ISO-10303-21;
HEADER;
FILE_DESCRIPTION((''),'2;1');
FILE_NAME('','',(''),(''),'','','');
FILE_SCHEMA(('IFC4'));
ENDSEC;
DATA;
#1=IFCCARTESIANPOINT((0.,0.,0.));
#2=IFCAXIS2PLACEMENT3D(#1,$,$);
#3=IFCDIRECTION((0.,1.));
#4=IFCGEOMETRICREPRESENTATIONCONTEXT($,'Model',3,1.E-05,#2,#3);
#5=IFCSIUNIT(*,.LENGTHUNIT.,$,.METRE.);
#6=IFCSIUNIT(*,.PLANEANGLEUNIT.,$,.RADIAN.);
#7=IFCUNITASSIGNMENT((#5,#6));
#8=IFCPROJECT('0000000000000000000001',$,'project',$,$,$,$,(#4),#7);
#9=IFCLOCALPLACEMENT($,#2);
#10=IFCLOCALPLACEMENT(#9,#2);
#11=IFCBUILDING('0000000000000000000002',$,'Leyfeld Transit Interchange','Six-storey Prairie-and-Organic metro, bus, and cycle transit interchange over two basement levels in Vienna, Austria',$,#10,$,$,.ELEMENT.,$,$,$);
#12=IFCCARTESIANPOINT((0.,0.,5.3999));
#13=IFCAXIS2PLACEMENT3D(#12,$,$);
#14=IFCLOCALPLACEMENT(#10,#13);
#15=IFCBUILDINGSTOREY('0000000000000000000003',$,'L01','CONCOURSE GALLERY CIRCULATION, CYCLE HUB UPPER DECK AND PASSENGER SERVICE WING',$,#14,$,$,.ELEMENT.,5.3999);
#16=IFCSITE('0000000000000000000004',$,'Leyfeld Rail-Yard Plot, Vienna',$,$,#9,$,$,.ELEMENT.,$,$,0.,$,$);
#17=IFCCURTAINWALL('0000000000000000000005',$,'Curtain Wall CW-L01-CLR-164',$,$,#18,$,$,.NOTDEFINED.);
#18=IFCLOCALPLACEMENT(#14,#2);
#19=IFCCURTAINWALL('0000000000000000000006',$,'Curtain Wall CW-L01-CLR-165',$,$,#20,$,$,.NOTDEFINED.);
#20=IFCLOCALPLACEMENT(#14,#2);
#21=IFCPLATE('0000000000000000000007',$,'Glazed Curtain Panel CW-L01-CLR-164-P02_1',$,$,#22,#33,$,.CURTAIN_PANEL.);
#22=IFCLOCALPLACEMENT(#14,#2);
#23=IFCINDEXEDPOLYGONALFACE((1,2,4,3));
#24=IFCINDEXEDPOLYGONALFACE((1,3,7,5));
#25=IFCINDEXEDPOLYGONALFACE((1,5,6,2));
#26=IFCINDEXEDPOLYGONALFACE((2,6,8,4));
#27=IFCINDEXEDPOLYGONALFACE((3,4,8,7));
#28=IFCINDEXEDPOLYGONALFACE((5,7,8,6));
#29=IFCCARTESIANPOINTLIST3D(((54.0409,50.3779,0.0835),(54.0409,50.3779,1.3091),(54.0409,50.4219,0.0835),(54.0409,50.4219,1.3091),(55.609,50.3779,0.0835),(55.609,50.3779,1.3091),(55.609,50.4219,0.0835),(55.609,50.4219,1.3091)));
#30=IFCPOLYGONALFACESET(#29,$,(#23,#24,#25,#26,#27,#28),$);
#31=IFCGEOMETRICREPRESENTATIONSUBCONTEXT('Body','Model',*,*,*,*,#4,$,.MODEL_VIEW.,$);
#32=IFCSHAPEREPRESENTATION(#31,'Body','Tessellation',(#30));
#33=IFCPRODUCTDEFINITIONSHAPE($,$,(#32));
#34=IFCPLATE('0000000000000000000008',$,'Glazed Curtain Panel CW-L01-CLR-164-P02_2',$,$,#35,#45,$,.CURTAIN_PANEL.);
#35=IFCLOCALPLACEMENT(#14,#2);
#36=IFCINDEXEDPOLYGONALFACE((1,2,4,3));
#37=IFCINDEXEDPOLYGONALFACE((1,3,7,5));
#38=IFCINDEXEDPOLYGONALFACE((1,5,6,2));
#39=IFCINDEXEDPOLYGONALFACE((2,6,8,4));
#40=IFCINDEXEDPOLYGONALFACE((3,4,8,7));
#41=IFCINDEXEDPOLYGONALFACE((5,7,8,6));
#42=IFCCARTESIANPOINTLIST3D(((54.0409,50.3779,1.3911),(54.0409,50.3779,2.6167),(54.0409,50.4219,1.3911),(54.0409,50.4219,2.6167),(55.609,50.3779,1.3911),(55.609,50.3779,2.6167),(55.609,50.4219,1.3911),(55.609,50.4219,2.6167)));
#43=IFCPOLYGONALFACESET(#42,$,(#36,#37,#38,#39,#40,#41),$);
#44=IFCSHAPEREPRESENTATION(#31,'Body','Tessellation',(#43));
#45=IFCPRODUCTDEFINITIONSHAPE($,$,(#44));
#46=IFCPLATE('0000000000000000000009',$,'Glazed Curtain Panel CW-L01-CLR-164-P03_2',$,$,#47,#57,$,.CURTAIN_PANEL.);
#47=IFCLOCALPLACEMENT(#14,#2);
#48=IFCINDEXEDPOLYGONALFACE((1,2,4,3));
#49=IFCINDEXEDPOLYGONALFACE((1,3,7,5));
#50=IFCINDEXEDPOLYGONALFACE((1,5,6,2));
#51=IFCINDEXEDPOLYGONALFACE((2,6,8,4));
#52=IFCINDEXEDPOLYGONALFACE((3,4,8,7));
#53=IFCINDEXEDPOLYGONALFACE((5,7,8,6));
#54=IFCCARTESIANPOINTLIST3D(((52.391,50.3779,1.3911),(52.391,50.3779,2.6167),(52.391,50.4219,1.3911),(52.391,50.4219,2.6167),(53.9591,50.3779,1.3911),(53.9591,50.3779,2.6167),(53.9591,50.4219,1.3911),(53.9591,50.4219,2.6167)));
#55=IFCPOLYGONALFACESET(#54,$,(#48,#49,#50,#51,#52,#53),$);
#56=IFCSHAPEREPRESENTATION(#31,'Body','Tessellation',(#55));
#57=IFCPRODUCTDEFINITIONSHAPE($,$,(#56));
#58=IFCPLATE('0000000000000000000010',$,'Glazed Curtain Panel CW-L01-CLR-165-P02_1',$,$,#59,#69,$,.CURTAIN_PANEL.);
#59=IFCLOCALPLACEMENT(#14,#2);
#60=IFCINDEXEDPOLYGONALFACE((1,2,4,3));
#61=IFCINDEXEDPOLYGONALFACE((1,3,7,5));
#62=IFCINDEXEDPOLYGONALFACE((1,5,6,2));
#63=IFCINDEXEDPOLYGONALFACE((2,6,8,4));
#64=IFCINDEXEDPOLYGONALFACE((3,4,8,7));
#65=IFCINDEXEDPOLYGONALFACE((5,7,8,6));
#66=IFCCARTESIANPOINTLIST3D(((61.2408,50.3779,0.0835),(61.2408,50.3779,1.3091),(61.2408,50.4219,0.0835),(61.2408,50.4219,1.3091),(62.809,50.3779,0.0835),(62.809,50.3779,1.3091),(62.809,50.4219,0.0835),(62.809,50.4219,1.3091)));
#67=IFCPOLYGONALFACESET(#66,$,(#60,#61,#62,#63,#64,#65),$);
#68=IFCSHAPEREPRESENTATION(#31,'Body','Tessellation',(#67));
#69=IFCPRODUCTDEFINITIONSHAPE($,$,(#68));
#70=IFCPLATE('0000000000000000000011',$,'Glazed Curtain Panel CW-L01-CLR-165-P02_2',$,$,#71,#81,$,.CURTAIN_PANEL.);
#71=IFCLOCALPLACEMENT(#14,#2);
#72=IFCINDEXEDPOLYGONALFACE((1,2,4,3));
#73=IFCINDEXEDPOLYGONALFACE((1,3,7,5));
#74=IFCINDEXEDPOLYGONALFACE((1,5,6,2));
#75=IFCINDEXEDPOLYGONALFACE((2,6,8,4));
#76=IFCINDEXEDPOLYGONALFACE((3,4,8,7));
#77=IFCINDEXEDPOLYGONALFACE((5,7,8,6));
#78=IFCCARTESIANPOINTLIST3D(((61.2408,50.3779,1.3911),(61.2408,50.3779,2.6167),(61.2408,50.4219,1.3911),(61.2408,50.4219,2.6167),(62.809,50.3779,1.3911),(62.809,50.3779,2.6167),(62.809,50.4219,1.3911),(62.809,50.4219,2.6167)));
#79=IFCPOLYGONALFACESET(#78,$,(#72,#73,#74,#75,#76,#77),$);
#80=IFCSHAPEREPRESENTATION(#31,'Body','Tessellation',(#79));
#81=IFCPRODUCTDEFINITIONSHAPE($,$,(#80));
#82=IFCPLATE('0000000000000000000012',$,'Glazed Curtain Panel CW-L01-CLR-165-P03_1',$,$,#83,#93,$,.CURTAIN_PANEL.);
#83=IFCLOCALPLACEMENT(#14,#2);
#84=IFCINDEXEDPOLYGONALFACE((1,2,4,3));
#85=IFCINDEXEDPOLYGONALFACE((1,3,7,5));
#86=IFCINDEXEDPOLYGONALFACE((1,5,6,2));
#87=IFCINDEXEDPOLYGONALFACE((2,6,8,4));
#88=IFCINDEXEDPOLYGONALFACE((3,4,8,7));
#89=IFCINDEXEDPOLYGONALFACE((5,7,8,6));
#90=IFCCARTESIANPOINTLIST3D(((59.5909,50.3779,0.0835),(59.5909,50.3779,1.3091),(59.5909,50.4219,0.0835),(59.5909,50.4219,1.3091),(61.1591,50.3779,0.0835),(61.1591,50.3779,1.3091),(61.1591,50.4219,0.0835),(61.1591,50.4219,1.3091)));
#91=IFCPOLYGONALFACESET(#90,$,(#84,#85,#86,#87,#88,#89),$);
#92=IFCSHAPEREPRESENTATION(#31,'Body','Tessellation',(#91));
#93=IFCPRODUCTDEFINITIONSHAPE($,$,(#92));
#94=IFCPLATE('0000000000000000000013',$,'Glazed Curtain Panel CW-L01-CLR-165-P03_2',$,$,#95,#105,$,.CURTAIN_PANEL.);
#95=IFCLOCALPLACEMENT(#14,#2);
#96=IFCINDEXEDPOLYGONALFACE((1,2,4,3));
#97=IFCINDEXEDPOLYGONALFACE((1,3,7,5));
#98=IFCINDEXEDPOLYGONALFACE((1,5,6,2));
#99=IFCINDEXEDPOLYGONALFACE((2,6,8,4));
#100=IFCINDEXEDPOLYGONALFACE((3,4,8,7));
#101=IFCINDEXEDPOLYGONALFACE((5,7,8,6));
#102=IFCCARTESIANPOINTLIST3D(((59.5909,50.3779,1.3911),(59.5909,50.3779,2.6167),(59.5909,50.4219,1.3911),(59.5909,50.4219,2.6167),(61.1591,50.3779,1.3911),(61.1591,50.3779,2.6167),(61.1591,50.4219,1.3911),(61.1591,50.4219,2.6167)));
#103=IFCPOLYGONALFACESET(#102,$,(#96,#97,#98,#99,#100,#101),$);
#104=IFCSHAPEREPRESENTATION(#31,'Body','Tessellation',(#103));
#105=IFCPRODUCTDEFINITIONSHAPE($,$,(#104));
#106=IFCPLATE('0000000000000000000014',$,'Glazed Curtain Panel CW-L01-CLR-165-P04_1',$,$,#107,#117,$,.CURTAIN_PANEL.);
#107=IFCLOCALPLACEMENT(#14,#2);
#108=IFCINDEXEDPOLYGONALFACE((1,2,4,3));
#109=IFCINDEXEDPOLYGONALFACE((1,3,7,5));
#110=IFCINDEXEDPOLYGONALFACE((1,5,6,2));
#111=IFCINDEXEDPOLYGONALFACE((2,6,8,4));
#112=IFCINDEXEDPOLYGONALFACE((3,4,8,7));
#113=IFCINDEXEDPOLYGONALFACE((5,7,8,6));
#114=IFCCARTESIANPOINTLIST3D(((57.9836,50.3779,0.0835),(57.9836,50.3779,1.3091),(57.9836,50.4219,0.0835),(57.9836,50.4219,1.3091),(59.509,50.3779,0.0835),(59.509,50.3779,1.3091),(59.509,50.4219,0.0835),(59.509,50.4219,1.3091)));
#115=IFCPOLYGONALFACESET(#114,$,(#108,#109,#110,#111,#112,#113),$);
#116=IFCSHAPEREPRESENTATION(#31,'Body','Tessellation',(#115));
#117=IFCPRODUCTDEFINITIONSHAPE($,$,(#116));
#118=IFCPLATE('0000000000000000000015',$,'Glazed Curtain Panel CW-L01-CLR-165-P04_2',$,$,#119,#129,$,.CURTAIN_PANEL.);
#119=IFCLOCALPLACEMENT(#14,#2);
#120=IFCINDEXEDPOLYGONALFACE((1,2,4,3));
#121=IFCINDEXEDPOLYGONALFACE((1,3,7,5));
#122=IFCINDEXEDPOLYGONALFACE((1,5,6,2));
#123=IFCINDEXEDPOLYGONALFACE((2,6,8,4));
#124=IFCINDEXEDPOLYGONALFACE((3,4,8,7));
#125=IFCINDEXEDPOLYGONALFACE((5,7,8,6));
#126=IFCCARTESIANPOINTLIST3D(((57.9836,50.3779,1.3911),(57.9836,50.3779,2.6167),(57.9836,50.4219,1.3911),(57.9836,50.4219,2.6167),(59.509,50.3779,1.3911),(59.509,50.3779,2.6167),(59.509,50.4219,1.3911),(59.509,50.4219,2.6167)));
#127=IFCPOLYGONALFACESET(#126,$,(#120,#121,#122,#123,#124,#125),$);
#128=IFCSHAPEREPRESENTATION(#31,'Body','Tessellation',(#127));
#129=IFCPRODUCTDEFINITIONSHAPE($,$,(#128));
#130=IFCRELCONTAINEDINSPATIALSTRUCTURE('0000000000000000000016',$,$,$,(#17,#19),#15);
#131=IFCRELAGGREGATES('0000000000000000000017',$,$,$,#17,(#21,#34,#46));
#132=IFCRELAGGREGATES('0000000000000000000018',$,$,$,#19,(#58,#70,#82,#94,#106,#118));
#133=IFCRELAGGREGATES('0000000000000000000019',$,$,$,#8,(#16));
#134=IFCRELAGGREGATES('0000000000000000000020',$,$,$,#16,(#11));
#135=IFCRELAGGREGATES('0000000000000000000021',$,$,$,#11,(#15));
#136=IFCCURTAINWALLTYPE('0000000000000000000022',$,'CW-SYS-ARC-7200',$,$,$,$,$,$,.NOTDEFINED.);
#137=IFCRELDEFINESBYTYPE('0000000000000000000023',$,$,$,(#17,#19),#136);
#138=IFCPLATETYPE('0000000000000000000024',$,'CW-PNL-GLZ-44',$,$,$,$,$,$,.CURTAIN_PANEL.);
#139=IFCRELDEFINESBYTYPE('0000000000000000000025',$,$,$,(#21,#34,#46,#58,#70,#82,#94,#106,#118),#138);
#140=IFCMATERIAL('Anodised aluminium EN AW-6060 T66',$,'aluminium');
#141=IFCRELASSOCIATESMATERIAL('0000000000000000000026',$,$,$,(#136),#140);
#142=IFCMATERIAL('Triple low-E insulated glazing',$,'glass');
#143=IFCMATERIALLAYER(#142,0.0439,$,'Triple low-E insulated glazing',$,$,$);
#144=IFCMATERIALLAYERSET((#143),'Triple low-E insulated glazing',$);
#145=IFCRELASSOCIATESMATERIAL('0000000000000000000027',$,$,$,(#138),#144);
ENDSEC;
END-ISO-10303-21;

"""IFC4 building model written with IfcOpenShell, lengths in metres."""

from ifc_helpers import new_model, si_unit, direction, frame, origin, origin_2d, place, context, subcontext, project, spatial, rectangle, extrude, material, layer, layer_set, type_object, element, aggregate, save


model = new_model("IFC4")

# Units and contexts
model_context = context("Model", 3, precision=1e-05, world=origin(), true_north=direction((0.0, 1.0)))
body_context = subcontext(model_context, "Body", "Model", "MODEL_VIEW")
ifc_project = project(units=[si_unit("LENGTHUNIT", "METRE"), si_unit("PLANEANGLEUNIT", "RADIAN")], contexts=[model_context])

# Site, building, storey
site_placement = place(None, origin())
site = spatial("IfcSite", under=ifc_project, at=site_placement, Name="Leyfeld Rail-Yard Plot, Vienna", CompositionType="ELEMENT", RefElevation=0.0)
building_placement = place(site_placement, origin())
building = spatial("IfcBuilding", under=site, at=building_placement, Name="Leyfeld Transit Interchange", Description="Six-storey Prairie-and-Organic metro, bus, and cycle transit interchange over two basement levels in Vienna, Austria", CompositionType="ELEMENT")
storey_placement = place(building_placement, frame((0.0, 0.0, 5.3999)))
storey = spatial("IfcBuildingStorey", under=building, at=storey_placement, Name="L01", Description="CONCOURSE GALLERY CIRCULATION, CYCLE HUB UPPER DECK AND PASSENGER SERVICE WING", CompositionType="ELEMENT", Elevation=5.3999)

# Curtain walls
ifc_material_1 = material(Name="Anodised aluminium EN AW-6060 T66", Category="aluminium")
curtain_wall_type = type_object("IfcCurtainWallType", Name="CW-SYS-ARC-7200", PredefinedType="NOTDEFINED", material=ifc_material_1)
curtain_wall_1_placement = place(storey_placement, origin())
curtain_wall_1 = element("IfcCurtainWall", 1, at=curtain_wall_1_placement, inside=storey, type_object=curtain_wall_type, Name="Curtain Wall CW-L01-CLR-164", PredefinedType="NOTDEFINED")
curtain_wall_2_placement = place(storey_placement, origin())
curtain_wall_2 = element("IfcCurtainWall", 2, at=curtain_wall_2_placement, inside=storey, type_object=curtain_wall_type, Name="Curtain Wall CW-L01-CLR-165", PredefinedType="NOTDEFINED")

# Plates
ifc_material_2 = material(Name="Triple low-E insulated glazing", Category="glass")
ifc_layer = layer(ifc_material_2, 0.0439, Name="Triple low-E insulated glazing")
ifc_layer_set = layer_set([ifc_layer], Name="Triple low-E insulated glazing")
plate_type = type_object("IfcPlateType", Name="CW-PNL-GLZ-44", PredefinedType="CURTAIN_PANEL", material=ifc_layer_set)
plate_1_placement = place(storey_placement, frame((54.825, 50.3999, 0.0835), z_axis=(0.0, 0.0, 1.0), x_axis=(-1.0, 0.0, 0.0)))
plate_1 = element("IfcPlate", 3, at=plate_1_placement, type_object=plate_type, Name="Glazed Curtain Panel CW-L01-CLR-164-P02_1", PredefinedType="CURTAIN_PANEL", context=body_context, shape_type="SweptSolid", body=[
    extrude(rectangle(XDim=1.5681, YDim=0.0439, at=origin_2d()), origin(), (0.0, 0.0, 1.0), 1.2256),
])
plate_2_placement = place(storey_placement, frame((54.825, 50.3999, 1.3911), z_axis=(0.0, 0.0, 1.0), x_axis=(-1.0, 0.0, 0.0)))
plate_2 = element("IfcPlate", 4, at=plate_2_placement, type_object=plate_type, Name="Glazed Curtain Panel CW-L01-CLR-164-P02_2", PredefinedType="CURTAIN_PANEL", context=body_context, shape_type="SweptSolid", body=[
    extrude(rectangle(XDim=1.5681, YDim=0.0439, at=origin_2d()), origin(), (0.0, 0.0, 1.0), 1.2256),
])
plate_3_placement = place(storey_placement, frame((53.175, 50.3999, 1.3911), z_axis=(0.0, 0.0, 1.0), x_axis=(-1.0, 0.0, 0.0)))
plate_3 = element("IfcPlate", 5, at=plate_3_placement, type_object=plate_type, Name="Glazed Curtain Panel CW-L01-CLR-164-P03_2", PredefinedType="CURTAIN_PANEL", context=body_context, shape_type="SweptSolid", body=[
    extrude(rectangle(XDim=1.5681, YDim=0.0439, at=origin_2d()), origin(), (0.0, 0.0, 1.0), 1.2256),
])
aggregate(curtain_wall_1, [plate_1, plate_2, plate_3])
plate_4_placement = place(storey_placement, frame((62.0249, 50.3999, 0.0835), z_axis=(0.0, 0.0, 1.0), x_axis=(-1.0, 0.0, 0.0)))
plate_4 = element("IfcPlate", 6, at=plate_4_placement, type_object=plate_type, Name="Glazed Curtain Panel CW-L01-CLR-165-P02_1", PredefinedType="CURTAIN_PANEL", context=body_context, shape_type="SweptSolid", body=[
    extrude(rectangle(XDim=1.5681, YDim=0.0439, at=origin_2d()), origin(), (0.0, 0.0, 1.0), 1.2256),
])
plate_5_placement = place(storey_placement, frame((62.0249, 50.3999, 1.3911), z_axis=(0.0, 0.0, 1.0), x_axis=(-1.0, 0.0, 0.0)))
plate_5 = element("IfcPlate", 7, at=plate_5_placement, type_object=plate_type, Name="Glazed Curtain Panel CW-L01-CLR-165-P02_2", PredefinedType="CURTAIN_PANEL", context=body_context, shape_type="SweptSolid", body=[
    extrude(rectangle(XDim=1.5681, YDim=0.0439, at=origin_2d()), origin(), (0.0, 0.0, 1.0), 1.2256),
])
plate_6_placement = place(storey_placement, frame((60.375, 50.3999, 0.0835), z_axis=(0.0, 0.0, 1.0), x_axis=(-1.0, 0.0, 0.0)))
plate_6 = element("IfcPlate", 8, at=plate_6_placement, type_object=plate_type, Name="Glazed Curtain Panel CW-L01-CLR-165-P03_1", PredefinedType="CURTAIN_PANEL", context=body_context, shape_type="SweptSolid", body=[
    extrude(rectangle(XDim=1.5681, YDim=0.0439, at=origin_2d()), origin(), (0.0, 0.0, 1.0), 1.2256),
])
plate_7_placement = place(storey_placement, frame((60.375, 50.3999, 1.3911), z_axis=(0.0, 0.0, 1.0), x_axis=(-1.0, 0.0, 0.0)))
plate_7 = element("IfcPlate", 9, at=plate_7_placement, type_object=plate_type, Name="Glazed Curtain Panel CW-L01-CLR-165-P03_2", PredefinedType="CURTAIN_PANEL", context=body_context, shape_type="SweptSolid", body=[
    extrude(rectangle(XDim=1.5681, YDim=0.0439, at=origin_2d()), origin(), (0.0, 0.0, 1.0), 1.2256),
])
plate_8_placement = place(storey_placement, frame((58.7463, 50.3999, 0.0835), z_axis=(0.0, 0.0, 1.0), x_axis=(-1.0, 0.0, 0.0)))
plate_8 = element("IfcPlate", 10, at=plate_8_placement, type_object=plate_type, Name="Glazed Curtain Panel CW-L01-CLR-165-P04_1", PredefinedType="CURTAIN_PANEL", context=body_context, shape_type="SweptSolid", body=[
    extrude(rectangle(XDim=1.5254, YDim=0.0439, at=origin_2d()), origin(), (0.0, 0.0, 1.0), 1.2256),
])
plate_9_placement = place(storey_placement, frame((58.7463, 50.3999, 1.3911), z_axis=(0.0, 0.0, 1.0), x_axis=(-1.0, 0.0, 0.0)))
plate_9 = element("IfcPlate", 11, at=plate_9_placement, type_object=plate_type, Name="Glazed Curtain Panel CW-L01-CLR-165-P04_2", PredefinedType="CURTAIN_PANEL", context=body_context, shape_type="SweptSolid", body=[
    extrude(rectangle(XDim=1.5254, YDim=0.0439, at=origin_2d()), origin(), (0.0, 0.0, 1.0), 1.2256),
])
aggregate(curtain_wall_2, [plate_4, plate_5, plate_6, plate_7, plate_8, plate_9])

save(model, "model.ifc")
